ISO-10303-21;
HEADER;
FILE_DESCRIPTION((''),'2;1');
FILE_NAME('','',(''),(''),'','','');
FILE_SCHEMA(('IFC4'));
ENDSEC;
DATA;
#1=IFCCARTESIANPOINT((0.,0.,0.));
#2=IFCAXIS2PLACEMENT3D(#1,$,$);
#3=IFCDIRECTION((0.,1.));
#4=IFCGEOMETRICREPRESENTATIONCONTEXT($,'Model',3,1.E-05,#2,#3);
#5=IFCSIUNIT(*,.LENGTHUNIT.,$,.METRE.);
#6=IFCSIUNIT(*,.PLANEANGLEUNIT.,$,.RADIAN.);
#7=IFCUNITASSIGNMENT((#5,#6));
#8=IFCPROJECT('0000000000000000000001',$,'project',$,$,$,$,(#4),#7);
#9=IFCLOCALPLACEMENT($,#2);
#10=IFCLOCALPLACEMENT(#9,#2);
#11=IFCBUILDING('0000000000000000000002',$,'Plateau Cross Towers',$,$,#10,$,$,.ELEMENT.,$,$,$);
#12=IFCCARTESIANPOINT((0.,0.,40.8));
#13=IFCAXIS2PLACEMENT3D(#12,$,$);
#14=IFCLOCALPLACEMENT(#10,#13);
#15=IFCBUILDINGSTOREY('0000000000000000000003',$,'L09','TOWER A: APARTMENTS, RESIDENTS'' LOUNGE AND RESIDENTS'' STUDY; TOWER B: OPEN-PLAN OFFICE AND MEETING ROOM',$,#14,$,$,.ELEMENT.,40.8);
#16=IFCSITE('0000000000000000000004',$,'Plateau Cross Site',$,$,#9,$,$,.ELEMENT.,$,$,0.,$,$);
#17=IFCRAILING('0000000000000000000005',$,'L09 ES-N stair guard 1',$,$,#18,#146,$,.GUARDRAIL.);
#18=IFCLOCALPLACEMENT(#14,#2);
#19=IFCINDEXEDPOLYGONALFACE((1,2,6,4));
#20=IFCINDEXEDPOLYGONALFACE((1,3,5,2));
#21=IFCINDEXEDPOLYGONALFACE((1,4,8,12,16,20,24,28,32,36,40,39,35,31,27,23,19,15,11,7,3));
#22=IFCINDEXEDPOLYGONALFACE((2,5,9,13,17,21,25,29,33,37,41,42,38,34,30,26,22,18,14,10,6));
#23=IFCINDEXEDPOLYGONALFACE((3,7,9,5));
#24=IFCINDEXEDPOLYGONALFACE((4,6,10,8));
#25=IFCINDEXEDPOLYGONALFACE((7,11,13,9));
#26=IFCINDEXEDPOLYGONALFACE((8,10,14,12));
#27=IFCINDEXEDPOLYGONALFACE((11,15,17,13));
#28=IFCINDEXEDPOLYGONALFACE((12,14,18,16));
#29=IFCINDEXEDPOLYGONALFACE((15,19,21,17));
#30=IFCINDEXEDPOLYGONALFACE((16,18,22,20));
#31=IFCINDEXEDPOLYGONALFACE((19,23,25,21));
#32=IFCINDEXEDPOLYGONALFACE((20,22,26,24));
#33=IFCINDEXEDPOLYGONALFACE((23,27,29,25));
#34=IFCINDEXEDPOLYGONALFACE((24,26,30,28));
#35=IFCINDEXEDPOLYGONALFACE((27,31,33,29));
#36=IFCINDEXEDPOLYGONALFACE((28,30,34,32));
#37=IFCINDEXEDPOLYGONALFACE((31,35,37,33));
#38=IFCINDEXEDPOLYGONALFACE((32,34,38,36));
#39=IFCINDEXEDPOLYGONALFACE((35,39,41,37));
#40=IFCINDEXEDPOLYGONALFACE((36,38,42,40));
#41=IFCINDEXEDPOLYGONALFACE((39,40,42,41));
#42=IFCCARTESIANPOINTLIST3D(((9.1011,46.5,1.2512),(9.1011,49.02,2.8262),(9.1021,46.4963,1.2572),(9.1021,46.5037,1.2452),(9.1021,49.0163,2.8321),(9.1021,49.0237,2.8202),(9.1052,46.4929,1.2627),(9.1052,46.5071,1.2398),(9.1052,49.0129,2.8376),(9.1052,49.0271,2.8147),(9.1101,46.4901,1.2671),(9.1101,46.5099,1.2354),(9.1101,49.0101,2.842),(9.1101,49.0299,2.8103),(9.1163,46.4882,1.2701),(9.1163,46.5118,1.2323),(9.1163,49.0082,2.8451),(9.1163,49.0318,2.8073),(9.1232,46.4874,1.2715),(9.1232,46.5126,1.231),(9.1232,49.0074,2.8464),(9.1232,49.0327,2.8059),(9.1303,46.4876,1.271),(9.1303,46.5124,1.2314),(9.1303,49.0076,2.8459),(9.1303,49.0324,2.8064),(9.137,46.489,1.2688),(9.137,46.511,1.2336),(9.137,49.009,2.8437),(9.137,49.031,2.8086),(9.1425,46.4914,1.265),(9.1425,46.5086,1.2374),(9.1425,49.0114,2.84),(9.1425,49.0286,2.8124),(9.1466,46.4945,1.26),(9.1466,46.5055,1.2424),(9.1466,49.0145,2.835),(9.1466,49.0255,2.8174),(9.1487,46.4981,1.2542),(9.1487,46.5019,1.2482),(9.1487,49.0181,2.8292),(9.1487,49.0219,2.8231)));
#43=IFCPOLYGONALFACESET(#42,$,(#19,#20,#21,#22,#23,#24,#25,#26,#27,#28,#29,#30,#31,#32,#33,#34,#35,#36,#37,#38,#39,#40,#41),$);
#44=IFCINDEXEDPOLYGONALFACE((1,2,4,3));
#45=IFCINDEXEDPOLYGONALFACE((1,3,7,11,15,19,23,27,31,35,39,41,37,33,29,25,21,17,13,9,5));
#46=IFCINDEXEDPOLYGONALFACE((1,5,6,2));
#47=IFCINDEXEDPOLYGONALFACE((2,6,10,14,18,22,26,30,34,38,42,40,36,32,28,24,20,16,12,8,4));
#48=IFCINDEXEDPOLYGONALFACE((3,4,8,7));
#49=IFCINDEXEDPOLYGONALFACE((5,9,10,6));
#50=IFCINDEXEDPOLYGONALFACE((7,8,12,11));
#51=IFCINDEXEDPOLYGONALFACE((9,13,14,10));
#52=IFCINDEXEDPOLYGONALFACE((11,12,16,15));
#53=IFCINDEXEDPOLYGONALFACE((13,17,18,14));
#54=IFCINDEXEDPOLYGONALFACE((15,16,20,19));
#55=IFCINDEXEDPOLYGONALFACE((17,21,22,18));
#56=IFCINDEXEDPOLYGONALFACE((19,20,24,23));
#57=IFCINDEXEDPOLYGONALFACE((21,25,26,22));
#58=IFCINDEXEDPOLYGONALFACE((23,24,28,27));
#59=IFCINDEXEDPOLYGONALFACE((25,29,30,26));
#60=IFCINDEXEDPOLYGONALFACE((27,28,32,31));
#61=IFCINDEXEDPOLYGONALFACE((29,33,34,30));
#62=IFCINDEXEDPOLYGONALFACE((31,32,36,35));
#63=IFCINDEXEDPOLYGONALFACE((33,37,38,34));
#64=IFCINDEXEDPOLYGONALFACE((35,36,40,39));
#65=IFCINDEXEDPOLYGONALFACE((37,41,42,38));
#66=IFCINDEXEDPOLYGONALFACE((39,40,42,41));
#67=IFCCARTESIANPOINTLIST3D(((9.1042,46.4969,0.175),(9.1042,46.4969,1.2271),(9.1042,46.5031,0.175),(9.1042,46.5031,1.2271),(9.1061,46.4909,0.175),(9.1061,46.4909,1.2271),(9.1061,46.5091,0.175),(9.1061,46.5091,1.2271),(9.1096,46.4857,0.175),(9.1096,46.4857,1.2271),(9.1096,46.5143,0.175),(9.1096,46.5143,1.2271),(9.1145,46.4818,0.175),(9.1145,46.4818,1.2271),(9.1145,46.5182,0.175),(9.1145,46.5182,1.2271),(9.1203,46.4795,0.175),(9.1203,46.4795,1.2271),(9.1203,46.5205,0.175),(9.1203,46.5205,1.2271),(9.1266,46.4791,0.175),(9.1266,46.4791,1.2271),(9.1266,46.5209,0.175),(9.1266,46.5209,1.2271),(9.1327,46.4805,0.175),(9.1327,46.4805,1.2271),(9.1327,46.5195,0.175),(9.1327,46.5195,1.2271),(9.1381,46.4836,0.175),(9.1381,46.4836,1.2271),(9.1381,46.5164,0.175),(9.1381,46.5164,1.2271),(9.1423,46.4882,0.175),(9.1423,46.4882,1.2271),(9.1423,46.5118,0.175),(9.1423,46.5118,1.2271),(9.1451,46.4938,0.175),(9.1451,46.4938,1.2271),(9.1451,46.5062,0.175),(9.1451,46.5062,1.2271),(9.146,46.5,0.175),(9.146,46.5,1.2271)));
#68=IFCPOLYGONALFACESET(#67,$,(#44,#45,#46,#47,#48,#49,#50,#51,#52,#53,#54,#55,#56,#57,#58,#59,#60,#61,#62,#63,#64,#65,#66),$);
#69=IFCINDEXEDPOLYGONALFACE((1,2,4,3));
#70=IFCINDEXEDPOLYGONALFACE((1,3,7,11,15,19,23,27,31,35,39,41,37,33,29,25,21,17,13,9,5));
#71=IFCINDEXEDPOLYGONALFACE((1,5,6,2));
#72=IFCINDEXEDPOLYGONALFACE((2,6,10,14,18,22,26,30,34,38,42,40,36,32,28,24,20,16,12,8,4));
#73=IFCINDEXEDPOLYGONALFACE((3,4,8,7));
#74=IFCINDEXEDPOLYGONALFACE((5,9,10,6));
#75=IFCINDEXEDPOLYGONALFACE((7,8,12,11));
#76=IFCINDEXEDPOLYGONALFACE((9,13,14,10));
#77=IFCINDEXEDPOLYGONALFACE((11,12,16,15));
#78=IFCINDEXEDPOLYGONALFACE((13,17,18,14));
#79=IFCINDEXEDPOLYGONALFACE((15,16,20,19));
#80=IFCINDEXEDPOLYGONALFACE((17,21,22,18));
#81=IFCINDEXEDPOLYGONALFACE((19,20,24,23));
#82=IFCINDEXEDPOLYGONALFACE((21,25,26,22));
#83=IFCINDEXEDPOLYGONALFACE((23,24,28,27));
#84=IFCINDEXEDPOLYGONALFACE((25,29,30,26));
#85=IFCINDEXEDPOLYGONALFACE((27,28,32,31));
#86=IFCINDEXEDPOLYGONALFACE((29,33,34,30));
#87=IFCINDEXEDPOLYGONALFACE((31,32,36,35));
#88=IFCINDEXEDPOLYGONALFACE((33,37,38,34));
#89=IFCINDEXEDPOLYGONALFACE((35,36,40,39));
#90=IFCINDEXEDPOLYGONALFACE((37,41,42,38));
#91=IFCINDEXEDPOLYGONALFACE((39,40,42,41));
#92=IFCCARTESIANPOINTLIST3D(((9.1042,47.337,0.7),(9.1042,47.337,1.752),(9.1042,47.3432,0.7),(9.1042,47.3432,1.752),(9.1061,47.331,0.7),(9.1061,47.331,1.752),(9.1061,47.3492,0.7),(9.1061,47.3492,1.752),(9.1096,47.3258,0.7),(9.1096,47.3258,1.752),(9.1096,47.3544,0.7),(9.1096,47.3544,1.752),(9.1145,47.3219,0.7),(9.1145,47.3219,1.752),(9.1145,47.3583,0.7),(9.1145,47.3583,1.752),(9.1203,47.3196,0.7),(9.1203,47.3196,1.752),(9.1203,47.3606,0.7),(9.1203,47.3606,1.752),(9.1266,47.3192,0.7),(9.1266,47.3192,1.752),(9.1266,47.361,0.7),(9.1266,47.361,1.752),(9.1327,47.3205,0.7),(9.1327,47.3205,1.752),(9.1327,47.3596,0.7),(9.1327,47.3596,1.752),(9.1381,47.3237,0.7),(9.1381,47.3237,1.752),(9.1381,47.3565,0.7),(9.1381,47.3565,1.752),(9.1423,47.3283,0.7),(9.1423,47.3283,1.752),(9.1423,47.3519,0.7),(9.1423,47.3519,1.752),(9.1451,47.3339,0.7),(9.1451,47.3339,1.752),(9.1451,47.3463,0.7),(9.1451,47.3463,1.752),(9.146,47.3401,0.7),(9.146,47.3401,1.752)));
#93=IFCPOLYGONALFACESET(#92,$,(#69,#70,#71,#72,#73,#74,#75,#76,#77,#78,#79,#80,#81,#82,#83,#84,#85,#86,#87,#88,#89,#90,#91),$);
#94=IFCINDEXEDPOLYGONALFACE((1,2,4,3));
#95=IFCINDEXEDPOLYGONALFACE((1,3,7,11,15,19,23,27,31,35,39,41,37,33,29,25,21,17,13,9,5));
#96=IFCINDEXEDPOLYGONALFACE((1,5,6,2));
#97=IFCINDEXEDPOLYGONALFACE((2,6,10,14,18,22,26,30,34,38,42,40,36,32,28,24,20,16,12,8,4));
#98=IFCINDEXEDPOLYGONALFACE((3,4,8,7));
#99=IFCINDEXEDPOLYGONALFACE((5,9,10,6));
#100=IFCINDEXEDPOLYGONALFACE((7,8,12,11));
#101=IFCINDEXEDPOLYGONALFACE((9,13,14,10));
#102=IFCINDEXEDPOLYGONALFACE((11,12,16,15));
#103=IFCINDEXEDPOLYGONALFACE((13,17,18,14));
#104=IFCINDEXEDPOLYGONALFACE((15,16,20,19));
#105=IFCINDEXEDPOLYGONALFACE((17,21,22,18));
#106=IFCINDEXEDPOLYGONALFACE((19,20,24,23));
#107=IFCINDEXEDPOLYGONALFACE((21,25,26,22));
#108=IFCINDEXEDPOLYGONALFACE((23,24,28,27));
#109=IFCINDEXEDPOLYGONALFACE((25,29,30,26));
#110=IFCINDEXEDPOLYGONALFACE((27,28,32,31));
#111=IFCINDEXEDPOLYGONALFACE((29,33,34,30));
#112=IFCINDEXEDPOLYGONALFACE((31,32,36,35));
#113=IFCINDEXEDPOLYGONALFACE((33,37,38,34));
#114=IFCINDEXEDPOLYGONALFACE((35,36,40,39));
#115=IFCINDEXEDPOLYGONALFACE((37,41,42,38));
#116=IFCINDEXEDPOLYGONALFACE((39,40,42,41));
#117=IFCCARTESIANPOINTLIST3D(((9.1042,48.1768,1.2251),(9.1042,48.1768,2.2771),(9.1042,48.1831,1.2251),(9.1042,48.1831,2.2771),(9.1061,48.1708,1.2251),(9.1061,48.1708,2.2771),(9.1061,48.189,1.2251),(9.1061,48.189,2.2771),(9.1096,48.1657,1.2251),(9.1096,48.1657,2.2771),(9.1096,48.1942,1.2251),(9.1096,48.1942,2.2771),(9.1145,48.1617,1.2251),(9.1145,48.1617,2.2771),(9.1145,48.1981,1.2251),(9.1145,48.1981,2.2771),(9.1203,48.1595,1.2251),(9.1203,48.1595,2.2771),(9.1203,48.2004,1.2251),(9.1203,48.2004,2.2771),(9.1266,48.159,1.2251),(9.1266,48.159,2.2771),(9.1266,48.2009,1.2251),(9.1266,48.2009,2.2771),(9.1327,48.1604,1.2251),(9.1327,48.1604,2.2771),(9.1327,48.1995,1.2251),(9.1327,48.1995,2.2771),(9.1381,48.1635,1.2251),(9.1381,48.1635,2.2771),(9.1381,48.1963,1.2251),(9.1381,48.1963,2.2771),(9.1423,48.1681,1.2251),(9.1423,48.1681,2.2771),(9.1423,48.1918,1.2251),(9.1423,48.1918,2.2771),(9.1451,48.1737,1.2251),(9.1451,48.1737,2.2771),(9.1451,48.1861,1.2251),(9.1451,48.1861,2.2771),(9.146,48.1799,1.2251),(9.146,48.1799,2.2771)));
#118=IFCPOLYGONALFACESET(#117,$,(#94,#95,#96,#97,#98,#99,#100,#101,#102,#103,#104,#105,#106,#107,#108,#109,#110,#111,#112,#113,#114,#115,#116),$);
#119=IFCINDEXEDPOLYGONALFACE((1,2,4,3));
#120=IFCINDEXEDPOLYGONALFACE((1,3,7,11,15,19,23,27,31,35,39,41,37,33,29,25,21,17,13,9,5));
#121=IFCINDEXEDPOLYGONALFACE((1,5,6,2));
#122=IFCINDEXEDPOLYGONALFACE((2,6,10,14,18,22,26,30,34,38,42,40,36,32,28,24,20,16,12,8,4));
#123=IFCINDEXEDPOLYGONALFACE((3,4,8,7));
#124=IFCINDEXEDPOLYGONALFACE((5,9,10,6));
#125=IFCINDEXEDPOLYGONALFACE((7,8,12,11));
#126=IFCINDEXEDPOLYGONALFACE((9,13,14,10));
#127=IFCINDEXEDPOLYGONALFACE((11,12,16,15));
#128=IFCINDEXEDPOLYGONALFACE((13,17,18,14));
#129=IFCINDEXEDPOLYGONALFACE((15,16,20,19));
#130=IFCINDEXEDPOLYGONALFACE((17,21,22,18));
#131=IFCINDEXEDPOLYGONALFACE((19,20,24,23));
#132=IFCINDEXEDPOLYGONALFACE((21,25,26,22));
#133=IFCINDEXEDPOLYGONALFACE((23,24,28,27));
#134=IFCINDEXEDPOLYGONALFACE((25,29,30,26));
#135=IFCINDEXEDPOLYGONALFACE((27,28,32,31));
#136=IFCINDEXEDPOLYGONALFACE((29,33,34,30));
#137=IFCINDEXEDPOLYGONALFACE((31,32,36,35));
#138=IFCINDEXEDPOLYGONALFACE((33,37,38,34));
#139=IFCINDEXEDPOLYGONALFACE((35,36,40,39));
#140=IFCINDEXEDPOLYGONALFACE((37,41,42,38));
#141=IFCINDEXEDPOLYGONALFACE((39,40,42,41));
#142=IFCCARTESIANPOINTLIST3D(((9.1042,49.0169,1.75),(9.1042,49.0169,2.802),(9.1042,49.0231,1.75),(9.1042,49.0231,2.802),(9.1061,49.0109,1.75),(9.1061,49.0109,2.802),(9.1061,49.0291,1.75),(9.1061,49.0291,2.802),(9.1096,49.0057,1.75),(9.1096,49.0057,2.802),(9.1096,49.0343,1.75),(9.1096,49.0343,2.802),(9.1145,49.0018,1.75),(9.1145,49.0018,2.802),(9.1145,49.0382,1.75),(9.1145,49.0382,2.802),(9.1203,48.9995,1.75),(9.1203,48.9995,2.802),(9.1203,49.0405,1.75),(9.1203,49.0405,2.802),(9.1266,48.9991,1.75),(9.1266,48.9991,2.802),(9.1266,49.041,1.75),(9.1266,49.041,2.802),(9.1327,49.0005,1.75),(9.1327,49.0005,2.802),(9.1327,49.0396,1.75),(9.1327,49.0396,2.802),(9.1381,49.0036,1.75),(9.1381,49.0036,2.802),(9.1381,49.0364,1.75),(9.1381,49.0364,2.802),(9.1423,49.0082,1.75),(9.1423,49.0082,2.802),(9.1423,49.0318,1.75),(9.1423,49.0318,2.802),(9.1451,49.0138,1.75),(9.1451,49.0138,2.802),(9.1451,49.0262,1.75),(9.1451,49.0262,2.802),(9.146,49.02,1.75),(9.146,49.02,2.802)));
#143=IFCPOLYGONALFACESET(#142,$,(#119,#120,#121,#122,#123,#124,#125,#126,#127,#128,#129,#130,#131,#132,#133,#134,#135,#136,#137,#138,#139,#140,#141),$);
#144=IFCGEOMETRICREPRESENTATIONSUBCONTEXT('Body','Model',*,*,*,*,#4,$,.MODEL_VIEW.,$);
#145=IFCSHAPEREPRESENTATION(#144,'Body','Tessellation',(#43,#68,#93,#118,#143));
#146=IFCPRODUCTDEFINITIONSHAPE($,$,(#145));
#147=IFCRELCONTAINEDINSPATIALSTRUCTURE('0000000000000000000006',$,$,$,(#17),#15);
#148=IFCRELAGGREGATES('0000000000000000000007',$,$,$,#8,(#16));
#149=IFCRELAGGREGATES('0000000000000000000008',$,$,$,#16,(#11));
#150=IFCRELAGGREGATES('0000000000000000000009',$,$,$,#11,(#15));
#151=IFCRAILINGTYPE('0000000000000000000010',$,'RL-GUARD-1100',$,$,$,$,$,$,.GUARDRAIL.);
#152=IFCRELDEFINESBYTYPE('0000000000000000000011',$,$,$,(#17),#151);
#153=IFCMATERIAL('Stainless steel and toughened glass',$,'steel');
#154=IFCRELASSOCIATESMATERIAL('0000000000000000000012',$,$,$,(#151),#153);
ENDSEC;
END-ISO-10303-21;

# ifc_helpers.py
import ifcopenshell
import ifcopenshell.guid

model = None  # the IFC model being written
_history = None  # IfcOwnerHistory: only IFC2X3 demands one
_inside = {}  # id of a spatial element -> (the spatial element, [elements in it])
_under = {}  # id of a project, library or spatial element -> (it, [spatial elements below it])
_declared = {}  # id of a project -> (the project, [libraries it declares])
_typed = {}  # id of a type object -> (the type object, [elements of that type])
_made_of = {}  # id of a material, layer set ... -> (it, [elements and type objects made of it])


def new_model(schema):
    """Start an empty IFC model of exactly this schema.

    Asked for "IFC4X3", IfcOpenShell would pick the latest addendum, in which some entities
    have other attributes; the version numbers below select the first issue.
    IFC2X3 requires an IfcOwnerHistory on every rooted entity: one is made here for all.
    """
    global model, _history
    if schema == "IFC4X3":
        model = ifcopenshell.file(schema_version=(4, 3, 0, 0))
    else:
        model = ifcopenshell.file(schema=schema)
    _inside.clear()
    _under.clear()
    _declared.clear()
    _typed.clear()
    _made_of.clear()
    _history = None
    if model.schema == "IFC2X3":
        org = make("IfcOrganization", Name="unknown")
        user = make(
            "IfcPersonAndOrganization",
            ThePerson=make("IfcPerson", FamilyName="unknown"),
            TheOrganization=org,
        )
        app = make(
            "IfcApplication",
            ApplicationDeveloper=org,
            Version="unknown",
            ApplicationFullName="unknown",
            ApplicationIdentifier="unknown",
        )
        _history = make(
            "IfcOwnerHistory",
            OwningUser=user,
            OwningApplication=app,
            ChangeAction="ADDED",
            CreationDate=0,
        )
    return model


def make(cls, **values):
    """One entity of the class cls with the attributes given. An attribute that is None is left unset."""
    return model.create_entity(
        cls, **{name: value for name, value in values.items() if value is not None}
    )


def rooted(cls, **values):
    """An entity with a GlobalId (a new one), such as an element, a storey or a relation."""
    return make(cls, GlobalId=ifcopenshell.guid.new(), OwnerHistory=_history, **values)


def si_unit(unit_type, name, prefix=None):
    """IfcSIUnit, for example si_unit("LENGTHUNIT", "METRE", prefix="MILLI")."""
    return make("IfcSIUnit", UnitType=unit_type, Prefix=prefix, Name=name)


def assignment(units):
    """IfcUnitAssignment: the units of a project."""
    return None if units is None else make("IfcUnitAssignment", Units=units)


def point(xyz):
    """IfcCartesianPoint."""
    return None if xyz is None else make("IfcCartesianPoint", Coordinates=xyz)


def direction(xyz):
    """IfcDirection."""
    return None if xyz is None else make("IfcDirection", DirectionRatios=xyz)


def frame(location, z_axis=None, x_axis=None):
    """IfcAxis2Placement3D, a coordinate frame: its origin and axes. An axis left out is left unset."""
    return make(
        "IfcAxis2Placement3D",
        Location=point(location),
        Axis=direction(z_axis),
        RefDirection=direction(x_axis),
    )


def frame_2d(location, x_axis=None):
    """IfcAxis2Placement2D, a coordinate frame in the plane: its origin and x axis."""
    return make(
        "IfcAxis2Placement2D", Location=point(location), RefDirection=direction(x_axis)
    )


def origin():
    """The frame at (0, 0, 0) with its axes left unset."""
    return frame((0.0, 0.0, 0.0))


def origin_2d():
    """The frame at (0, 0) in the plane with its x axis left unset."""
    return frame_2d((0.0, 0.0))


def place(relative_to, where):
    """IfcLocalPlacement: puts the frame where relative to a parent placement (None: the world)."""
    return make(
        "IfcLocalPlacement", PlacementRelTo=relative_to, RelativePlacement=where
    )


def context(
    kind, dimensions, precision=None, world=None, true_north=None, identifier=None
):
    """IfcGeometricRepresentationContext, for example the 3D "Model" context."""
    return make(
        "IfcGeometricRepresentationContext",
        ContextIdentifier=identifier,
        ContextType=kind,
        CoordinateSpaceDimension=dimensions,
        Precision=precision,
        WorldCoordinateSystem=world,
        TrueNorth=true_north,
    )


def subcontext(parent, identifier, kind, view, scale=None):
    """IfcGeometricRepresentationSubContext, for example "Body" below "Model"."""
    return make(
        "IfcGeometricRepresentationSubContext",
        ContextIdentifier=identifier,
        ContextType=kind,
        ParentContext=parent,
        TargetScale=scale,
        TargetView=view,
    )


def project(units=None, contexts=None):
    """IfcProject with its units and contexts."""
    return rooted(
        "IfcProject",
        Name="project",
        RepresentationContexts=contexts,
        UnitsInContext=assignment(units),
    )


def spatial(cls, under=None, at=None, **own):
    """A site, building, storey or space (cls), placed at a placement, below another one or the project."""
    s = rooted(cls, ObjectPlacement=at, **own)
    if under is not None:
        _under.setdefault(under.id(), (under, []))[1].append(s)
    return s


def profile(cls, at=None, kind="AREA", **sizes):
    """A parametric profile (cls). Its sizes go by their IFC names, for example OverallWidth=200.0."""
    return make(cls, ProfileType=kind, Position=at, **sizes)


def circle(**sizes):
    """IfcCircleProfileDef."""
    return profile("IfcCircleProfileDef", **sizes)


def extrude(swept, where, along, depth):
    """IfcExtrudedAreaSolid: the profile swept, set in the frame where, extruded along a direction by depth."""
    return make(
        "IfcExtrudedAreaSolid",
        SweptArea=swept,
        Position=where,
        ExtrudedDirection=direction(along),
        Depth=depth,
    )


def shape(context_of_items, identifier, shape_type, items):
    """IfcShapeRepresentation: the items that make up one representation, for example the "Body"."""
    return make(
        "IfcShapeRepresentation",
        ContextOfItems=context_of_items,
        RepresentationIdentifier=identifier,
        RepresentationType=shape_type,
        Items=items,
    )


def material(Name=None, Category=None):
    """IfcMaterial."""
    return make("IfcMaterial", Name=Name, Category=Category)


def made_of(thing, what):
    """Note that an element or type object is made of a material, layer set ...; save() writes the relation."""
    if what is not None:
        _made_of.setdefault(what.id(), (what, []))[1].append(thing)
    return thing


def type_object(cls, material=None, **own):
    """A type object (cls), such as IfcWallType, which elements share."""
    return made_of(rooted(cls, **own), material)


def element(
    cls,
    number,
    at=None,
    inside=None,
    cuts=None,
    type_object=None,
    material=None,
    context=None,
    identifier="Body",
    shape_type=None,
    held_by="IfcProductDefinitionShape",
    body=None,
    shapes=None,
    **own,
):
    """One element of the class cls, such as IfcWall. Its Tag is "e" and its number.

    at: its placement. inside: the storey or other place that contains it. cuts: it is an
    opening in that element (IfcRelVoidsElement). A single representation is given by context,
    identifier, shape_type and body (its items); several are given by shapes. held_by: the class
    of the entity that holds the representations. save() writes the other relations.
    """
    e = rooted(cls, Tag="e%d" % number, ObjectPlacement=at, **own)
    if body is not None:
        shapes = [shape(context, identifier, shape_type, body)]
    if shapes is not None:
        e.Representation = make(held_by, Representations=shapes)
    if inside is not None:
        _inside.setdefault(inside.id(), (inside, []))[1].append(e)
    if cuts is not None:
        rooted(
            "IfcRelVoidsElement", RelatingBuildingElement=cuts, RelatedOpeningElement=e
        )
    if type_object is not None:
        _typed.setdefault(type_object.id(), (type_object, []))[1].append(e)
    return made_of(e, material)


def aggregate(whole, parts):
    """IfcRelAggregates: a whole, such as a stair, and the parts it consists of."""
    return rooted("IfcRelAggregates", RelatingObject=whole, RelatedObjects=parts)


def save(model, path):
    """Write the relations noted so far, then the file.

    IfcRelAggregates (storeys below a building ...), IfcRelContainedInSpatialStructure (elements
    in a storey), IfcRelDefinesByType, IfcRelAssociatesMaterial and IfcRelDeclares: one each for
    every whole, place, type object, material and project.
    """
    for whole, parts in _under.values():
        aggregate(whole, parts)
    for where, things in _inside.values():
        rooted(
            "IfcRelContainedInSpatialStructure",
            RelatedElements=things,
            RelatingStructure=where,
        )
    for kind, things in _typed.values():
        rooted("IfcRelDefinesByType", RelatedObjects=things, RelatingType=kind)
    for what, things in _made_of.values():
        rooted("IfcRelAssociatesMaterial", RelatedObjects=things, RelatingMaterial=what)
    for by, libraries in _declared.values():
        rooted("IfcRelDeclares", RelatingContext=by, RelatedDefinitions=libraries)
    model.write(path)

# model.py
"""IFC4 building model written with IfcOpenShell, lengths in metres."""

from ifc_helpers import new_model, si_unit, direction, frame, origin, origin_2d, place, context, subcontext, project, spatial, circle, extrude, material, type_object, element, save


model = new_model("IFC4")

# Units and contexts
model_context = context("Model", 3, precision=1e-05, world=origin(), true_north=direction((0.0, 1.0)))
body_context = subcontext(model_context, "Body", "Model", "MODEL_VIEW")
ifc_project = project(units=[si_unit("LENGTHUNIT", "METRE"), si_unit("PLANEANGLEUNIT", "RADIAN")], contexts=[model_context])

# Site, building, storey
site_placement = place(None, origin())
site = spatial("IfcSite", under=ifc_project, at=site_placement, Name="Plateau Cross Site", CompositionType="ELEMENT", RefElevation=0.0)
building_placement = place(site_placement, origin())
building = spatial("IfcBuilding", under=site, at=building_placement, Name="Plateau Cross Towers", CompositionType="ELEMENT")
storey_placement = place(building_placement, frame((0.0, 0.0, 40.8)))
storey = spatial("IfcBuildingStorey", under=building, at=storey_placement, Name="L09", Description="TOWER A: APARTMENTS, RESIDENTS' LOUNGE AND RESIDENTS' STUDY; TOWER B: OPEN-PLAN OFFICE AND MEETING ROOM", CompositionType="ELEMENT", Elevation=40.8)

# Railing
ifc_material_1 = material(Name="Stainless steel and toughened glass", Category="steel")
railing_type_1 = type_object("IfcRailingType", Name="RL-GUARD-1100", PredefinedType="GUARDRAIL", material=ifc_material_1)
railing_1_placement = place(storey_placement, frame((9.125, 46.5, 0.175)))
element("IfcRailing", 1, at=railing_1_placement, inside=storey, type_object=railing_type_1, Name="L09 ES-N stair guard 1", PredefinedType="GUARDRAIL", context=body_context, shape_type="SweptSolid", body=[
    extrude(circle(Radius=0.0239, at=origin_2d()), frame((0.0, 0.0, 1.0762), z_axis=(0.0, 0.848008, 0.529984), x_axis=(-1.0, 0.0, 0.0)), (0.0, 0.0, 1.0), 2.9717),
    extrude(circle(Radius=0.021, at=origin_2d()), origin(), (0.0, 0.0, 1.0), 1.052),
    extrude(circle(Radius=0.021, at=origin_2d()), frame((0.0, 0.8401, 0.5249)), (0.0, 0.0, 1.0), 1.052),
    extrude(circle(Radius=0.021, at=origin_2d()), frame((0.0, 1.6799, 1.05)), (0.0, 0.0, 1.0), 1.052),
    extrude(circle(Radius=0.021, at=origin_2d()), frame((0.0, 2.52, 1.575)), (0.0, 0.0, 1.0), 1.052),
])

save(model, "model.ifc")
